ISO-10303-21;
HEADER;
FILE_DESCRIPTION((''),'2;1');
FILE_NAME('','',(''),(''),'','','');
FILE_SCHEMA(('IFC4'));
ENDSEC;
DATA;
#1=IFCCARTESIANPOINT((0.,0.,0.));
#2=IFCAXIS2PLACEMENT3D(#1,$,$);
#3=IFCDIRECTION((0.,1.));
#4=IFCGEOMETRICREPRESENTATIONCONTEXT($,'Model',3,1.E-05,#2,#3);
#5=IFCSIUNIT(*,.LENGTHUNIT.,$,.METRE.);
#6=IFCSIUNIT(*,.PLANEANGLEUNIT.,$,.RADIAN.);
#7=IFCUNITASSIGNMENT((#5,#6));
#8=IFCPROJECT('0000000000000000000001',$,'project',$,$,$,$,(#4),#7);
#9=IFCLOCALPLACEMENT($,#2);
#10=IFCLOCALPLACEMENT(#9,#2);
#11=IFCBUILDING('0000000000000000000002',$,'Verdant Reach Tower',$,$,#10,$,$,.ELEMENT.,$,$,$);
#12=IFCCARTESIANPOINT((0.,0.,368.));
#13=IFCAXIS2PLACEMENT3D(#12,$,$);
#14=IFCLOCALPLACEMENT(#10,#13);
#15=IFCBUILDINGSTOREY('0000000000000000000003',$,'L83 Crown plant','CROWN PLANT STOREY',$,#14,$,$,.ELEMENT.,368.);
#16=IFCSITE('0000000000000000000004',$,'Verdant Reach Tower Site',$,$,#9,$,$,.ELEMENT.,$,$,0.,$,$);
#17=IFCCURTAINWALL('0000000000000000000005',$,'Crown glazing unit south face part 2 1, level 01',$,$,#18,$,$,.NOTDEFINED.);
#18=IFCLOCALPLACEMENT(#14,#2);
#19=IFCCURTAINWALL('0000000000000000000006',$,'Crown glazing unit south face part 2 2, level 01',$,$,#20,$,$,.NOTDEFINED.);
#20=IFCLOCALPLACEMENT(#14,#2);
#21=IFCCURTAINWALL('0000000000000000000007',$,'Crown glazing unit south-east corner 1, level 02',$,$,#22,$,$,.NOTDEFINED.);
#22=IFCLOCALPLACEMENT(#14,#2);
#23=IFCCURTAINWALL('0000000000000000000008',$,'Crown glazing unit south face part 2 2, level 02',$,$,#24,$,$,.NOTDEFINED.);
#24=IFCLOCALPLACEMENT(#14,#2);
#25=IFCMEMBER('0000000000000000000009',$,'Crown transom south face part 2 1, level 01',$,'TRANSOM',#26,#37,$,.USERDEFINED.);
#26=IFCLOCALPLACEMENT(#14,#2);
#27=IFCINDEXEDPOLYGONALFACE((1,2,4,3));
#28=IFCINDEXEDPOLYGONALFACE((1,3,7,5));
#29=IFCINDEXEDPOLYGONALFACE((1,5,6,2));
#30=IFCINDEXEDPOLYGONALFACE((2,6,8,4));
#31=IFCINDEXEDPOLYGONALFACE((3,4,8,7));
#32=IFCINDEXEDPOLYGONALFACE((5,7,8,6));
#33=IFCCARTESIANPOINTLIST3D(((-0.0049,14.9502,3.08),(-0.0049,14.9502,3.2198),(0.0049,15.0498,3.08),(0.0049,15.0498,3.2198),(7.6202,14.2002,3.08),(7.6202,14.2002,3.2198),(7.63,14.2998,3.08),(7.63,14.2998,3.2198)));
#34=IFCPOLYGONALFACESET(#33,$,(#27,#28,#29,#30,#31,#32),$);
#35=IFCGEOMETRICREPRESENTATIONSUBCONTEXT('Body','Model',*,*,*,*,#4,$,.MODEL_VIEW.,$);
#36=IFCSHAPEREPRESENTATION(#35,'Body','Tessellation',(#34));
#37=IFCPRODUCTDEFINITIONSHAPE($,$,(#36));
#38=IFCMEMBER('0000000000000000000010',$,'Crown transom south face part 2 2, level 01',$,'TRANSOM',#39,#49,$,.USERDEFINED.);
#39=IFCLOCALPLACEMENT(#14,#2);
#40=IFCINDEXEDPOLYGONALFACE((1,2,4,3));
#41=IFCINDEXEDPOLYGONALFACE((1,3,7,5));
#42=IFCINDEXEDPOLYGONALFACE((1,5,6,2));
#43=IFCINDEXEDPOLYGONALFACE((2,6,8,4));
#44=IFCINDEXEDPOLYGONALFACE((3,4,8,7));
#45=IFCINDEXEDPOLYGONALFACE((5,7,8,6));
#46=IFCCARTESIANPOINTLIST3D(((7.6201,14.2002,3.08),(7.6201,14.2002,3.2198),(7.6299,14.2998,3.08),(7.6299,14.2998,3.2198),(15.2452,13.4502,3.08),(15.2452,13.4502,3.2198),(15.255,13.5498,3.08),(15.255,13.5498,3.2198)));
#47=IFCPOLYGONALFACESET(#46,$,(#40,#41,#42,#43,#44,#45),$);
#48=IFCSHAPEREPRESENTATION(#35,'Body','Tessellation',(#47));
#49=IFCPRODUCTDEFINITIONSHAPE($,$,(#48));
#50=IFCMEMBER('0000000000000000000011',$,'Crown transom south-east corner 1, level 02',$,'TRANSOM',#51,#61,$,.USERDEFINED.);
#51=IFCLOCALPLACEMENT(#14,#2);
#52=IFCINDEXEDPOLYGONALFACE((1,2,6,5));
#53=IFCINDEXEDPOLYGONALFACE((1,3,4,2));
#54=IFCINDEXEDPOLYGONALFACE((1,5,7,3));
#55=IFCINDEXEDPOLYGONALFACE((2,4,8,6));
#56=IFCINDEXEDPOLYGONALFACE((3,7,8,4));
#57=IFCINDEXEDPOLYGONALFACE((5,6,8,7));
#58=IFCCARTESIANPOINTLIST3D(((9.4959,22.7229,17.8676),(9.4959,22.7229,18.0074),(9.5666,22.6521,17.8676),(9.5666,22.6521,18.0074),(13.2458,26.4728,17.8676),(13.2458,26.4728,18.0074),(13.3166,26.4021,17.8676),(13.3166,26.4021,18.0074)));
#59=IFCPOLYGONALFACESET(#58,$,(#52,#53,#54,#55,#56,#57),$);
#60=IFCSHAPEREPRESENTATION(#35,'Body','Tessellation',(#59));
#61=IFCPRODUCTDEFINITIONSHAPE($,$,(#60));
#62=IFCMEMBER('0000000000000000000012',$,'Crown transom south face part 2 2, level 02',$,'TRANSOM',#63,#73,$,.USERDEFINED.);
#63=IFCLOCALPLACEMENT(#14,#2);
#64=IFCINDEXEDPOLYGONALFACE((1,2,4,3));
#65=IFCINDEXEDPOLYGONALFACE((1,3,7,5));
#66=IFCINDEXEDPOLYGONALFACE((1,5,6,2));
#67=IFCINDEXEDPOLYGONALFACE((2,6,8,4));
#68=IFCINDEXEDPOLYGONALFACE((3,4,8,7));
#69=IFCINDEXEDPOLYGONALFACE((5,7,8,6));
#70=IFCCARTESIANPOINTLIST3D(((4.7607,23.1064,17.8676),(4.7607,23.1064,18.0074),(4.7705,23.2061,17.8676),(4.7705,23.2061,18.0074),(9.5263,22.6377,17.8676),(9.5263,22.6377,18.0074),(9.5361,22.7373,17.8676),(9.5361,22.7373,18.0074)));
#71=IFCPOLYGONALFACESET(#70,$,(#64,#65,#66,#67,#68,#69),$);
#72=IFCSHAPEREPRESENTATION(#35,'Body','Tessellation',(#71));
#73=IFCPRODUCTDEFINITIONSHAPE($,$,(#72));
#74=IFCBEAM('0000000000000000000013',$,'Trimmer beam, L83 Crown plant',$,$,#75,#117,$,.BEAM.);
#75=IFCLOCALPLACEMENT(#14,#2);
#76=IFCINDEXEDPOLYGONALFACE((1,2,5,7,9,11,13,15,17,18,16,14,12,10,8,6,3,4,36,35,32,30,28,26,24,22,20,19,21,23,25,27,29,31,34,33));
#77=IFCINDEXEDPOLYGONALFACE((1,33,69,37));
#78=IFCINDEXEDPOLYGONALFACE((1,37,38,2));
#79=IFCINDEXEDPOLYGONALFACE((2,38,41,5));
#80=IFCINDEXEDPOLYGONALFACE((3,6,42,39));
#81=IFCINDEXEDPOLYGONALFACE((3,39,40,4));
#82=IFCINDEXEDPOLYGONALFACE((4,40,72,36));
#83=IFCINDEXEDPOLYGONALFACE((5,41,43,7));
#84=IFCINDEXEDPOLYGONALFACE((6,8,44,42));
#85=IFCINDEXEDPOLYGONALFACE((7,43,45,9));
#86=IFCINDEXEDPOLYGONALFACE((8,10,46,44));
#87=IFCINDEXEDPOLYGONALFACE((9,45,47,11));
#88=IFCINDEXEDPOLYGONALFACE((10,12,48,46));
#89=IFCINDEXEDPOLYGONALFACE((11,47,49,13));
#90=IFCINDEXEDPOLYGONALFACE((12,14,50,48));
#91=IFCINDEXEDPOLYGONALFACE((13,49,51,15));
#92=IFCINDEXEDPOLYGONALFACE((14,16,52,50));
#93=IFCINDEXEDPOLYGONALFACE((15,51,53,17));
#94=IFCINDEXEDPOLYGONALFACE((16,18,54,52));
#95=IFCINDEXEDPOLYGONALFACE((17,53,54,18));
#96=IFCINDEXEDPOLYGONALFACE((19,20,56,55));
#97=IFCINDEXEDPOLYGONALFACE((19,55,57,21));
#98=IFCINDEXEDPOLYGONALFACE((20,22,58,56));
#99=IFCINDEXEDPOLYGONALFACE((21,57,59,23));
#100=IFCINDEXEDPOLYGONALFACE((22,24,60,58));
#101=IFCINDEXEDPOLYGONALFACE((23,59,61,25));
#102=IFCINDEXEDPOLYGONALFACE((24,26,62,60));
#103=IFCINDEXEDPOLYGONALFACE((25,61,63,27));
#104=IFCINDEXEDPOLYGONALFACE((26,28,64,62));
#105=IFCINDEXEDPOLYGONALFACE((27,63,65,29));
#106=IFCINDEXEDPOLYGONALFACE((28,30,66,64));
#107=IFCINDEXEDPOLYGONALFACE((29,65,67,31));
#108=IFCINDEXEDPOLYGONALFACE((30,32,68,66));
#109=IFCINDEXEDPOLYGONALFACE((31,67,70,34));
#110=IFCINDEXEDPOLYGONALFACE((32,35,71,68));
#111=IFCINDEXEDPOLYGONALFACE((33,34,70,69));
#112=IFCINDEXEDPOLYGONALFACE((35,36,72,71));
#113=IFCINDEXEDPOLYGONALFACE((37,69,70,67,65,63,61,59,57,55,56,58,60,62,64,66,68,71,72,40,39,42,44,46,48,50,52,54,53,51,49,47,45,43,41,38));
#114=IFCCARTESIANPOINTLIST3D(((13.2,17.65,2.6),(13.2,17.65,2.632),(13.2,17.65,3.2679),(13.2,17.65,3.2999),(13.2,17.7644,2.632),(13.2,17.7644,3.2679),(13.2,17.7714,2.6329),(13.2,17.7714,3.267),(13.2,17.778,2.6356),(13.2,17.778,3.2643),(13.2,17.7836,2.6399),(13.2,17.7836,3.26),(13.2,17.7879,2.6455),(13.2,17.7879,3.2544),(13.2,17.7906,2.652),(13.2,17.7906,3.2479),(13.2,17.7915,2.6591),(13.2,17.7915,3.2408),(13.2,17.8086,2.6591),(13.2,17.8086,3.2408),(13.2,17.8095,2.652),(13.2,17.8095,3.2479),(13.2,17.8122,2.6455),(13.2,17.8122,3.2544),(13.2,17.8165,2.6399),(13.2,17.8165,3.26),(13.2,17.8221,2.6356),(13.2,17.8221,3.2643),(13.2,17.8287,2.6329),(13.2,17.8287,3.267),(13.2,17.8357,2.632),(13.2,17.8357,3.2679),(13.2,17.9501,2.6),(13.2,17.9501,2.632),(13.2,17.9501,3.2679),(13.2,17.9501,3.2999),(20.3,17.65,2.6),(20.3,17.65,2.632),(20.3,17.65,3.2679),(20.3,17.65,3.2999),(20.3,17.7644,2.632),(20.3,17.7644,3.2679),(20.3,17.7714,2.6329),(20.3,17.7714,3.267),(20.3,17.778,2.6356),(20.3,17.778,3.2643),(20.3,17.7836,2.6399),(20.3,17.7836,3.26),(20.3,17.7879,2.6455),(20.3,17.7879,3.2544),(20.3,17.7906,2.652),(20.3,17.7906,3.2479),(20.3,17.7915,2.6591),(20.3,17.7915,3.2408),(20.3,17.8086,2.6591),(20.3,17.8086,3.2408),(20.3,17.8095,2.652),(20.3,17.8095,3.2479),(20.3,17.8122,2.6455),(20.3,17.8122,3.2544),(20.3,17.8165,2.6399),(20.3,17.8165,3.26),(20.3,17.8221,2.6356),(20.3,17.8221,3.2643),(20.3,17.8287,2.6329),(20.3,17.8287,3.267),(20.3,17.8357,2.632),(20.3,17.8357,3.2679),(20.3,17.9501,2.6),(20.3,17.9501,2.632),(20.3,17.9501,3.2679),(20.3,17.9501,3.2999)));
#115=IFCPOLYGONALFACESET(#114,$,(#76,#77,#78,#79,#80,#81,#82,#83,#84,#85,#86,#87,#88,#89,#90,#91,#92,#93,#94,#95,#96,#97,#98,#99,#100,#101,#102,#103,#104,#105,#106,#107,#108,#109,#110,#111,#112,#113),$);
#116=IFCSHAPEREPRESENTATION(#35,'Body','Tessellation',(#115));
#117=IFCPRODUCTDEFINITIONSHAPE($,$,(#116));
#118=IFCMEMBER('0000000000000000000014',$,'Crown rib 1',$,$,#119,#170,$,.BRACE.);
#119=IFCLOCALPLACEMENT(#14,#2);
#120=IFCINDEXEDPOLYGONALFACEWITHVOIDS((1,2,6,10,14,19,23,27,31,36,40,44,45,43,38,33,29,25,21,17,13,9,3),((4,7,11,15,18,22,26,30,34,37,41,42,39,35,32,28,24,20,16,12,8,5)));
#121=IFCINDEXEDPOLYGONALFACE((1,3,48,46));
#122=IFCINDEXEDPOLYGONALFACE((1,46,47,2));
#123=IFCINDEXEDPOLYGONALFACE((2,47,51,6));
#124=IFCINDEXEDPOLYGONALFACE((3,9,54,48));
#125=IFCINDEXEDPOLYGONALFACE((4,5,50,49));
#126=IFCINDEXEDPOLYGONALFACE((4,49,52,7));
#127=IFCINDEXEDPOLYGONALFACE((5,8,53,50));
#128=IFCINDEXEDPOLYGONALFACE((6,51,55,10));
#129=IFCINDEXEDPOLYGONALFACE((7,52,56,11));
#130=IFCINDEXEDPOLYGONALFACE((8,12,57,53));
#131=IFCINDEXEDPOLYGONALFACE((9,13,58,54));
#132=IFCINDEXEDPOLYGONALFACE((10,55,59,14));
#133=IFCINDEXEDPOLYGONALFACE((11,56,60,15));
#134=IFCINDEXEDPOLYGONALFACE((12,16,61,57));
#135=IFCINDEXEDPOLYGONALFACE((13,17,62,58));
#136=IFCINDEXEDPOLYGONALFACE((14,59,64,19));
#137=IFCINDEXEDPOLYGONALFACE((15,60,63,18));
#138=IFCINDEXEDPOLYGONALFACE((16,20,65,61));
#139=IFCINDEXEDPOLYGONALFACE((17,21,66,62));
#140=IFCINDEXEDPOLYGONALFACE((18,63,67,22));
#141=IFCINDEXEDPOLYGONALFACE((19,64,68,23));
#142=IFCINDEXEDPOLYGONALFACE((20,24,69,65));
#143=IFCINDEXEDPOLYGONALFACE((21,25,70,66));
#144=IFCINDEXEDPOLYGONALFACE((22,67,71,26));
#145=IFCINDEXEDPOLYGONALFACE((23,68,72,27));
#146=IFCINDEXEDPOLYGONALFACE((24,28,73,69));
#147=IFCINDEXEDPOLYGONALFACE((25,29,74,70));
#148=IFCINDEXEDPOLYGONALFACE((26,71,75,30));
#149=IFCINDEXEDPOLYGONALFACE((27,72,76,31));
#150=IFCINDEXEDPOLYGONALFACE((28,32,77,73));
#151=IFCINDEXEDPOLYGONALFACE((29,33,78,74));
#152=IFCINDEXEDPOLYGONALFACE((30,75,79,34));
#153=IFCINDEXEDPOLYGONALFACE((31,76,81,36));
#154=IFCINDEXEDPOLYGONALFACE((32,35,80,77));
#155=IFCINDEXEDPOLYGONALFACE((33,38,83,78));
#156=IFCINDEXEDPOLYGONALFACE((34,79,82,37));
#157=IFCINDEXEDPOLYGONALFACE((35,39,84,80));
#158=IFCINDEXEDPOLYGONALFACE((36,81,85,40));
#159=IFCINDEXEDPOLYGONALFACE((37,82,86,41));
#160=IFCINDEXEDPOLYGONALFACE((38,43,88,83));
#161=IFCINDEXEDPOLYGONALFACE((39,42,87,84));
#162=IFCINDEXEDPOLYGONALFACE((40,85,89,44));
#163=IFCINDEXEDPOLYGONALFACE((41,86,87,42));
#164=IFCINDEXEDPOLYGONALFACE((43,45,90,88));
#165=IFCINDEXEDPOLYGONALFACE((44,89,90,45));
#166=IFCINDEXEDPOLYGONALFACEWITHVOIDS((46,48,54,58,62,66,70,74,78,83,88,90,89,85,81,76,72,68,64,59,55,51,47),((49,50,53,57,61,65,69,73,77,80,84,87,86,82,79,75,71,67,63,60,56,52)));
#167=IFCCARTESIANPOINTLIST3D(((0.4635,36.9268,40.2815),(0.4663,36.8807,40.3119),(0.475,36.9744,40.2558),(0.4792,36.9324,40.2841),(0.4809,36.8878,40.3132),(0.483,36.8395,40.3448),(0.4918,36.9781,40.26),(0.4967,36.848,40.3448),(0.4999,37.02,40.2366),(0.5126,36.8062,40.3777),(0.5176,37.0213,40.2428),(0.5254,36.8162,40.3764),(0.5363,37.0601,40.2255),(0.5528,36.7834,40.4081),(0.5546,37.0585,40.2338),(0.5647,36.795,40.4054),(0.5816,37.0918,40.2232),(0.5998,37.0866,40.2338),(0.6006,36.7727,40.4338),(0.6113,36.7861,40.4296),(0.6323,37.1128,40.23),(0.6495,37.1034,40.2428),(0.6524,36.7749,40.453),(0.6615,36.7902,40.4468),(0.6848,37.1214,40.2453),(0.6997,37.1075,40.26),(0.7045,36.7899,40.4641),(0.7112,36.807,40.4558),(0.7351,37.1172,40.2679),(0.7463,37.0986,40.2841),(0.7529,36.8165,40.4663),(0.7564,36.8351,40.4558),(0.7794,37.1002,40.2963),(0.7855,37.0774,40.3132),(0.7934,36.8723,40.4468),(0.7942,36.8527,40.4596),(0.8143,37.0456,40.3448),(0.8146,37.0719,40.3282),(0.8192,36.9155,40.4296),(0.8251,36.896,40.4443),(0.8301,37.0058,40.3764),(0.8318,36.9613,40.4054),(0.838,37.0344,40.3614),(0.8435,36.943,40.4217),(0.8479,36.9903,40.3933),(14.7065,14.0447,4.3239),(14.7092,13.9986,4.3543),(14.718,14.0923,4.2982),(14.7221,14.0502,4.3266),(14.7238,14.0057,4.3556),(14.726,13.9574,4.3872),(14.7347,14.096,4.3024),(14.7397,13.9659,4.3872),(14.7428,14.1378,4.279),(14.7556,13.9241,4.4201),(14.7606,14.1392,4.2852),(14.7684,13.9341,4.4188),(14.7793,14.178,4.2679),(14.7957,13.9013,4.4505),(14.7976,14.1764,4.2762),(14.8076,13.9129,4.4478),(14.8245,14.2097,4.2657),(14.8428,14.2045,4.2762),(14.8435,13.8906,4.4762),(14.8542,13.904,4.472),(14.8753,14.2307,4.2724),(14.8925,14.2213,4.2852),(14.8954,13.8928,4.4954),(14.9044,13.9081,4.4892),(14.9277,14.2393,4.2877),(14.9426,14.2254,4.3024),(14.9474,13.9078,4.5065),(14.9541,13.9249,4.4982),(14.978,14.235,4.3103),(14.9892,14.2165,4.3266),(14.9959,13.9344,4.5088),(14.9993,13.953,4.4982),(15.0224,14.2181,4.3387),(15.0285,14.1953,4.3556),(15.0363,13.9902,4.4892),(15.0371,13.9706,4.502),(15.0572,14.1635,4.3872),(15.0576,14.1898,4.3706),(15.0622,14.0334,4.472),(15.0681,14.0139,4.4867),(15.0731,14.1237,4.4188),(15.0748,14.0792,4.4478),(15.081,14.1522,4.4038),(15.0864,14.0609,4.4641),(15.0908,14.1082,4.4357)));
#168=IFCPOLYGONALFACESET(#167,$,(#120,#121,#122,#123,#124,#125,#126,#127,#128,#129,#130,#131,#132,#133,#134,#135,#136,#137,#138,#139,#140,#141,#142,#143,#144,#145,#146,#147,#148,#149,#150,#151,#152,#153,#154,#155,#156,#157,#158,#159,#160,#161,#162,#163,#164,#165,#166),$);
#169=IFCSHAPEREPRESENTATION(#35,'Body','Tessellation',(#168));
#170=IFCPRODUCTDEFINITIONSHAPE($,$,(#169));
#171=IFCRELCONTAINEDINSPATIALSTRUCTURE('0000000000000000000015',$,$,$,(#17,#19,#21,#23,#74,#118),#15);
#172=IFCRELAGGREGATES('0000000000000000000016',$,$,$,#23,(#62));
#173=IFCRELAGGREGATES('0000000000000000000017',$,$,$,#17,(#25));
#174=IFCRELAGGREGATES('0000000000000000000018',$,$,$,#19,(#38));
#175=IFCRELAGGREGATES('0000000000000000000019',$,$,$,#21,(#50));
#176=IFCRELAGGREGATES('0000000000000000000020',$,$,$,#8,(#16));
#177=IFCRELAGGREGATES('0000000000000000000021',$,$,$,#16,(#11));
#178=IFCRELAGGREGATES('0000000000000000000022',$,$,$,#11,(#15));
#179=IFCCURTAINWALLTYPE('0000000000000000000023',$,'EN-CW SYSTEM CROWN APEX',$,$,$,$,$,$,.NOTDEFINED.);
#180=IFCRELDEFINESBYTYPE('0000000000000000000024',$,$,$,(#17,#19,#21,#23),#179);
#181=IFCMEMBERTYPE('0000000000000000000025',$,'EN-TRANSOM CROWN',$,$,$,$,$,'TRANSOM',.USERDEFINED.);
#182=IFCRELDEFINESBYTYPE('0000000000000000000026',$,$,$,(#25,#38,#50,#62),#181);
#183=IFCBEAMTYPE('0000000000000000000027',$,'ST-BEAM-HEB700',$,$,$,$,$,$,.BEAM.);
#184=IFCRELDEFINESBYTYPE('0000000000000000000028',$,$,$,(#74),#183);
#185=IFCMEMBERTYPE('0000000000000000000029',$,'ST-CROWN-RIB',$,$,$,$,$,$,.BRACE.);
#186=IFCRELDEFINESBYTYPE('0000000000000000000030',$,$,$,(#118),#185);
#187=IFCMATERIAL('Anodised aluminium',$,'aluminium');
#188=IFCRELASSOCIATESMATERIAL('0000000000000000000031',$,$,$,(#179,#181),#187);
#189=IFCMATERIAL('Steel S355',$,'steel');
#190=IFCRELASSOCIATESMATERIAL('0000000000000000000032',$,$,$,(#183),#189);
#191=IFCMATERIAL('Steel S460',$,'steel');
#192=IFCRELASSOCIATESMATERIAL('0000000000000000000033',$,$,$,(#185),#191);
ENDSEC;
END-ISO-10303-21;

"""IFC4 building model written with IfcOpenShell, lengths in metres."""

from ifc_helpers import new_model, si_unit, direction, frame, origin, origin_2d, place, context, subcontext, project, spatial, rectangle, hollow_circle, i_section, extrude, material, material_profile, profile_set, type_object, element, aggregate, save


model = new_model("IFC4")

# Units and contexts
model_context = context("Model", 3, precision=1e-05, world=origin(), true_north=direction((0.0, 1.0)))
body_context = subcontext(model_context, "Body", "Model", "MODEL_VIEW")
ifc_project = project(units=[si_unit("LENGTHUNIT", "METRE"), si_unit("PLANEANGLEUNIT", "RADIAN")], contexts=[model_context])

# Site, building, storey
site_placement = place(None, origin())
site = spatial("IfcSite", under=ifc_project, at=site_placement, Name="Verdant Reach Tower Site", CompositionType="ELEMENT", RefElevation=0.0)
building_placement = place(site_placement, origin())
building = spatial("IfcBuilding", under=site, at=building_placement, Name="Verdant Reach Tower", CompositionType="ELEMENT")
storey_placement = place(building_placement, frame((0.0, 0.0, 368.0)))
storey = spatial("IfcBuildingStorey", under=building, at=storey_placement, Name="L83 Crown plant", Description="CROWN PLANT STOREY", CompositionType="ELEMENT", Elevation=368.0)

# Curtain walls
ifc_material_1 = material(Name="Anodised aluminium", Category="aluminium")
curtain_wall_type = type_object("IfcCurtainWallType", Name="EN-CW SYSTEM CROWN APEX", PredefinedType="NOTDEFINED", material=ifc_material_1)
curtain_wall_1_placement = place(storey_placement, origin())
curtain_wall_1 = element("IfcCurtainWall", 1, at=curtain_wall_1_placement, inside=storey, type_object=curtain_wall_type, Name="Crown glazing unit south face part 2 1, level 01", PredefinedType="NOTDEFINED")
curtain_wall_2_placement = place(storey_placement, origin())
curtain_wall_2 = element("IfcCurtainWall", 2, at=curtain_wall_2_placement, inside=storey, type_object=curtain_wall_type, Name="Crown glazing unit south face part 2 2, level 01", PredefinedType="NOTDEFINED")
curtain_wall_3_placement = place(storey_placement, origin())
curtain_wall_3 = element("IfcCurtainWall", 3, at=curtain_wall_3_placement, inside=storey, type_object=curtain_wall_type, Name="Crown glazing unit south-east corner 1, level 02", PredefinedType="NOTDEFINED")
curtain_wall_4_placement = place(storey_placement, origin())
curtain_wall_4 = element("IfcCurtainWall", 4, at=curtain_wall_4_placement, inside=storey, type_object=curtain_wall_type, Name="Crown glazing unit south face part 2 2, level 02", PredefinedType="NOTDEFINED")

# Members
ifc_material_profile_1 = material_profile(ifc_material_1, rectangle(XDim=0.1001, YDim=0.1399, at=origin_2d()), Name="Transom 140x100")
ifc_profile_set_1 = profile_set([ifc_material_profile_1], Name="Anodised aluminium")
member_type_1 = type_object("IfcMemberType", Name="EN-TRANSOM CROWN", ElementType="TRANSOM", PredefinedType="USERDEFINED", material=ifc_profile_set_1)
member_1_placement = place(storey_placement, frame((0.0, 15.0, 3.1499), z_axis=(0.995197, -0.097888, 0.0), x_axis=(0.097888, 0.995197, 0.0)))
member_1 = element("IfcMember", 5, at=member_1_placement, type_object=member_type_1, Name="Crown transom south face part 2 1, level 01", ObjectType="TRANSOM", PredefinedType="USERDEFINED", context=body_context, shape_type="SweptSolid", body=[
    extrude(rectangle(XDim=0.1001, YDim=0.1399, at=origin_2d()), origin(), (0.0, 0.0, 1.0), 7.6619),
])
member_2_placement = place(storey_placement, frame((7.625, 14.25, 3.1499), z_axis=(0.995197, -0.097888, 0.0), x_axis=(0.097888, 0.995197, 0.0)))
member_2 = element("IfcMember", 6, at=member_2_placement, type_object=member_type_1, Name="Crown transom south face part 2 2, level 01", ObjectType="TRANSOM", PredefinedType="USERDEFINED", context=body_context, shape_type="SweptSolid", body=[
    extrude(rectangle(XDim=0.1001, YDim=0.1399, at=origin_2d()), origin(), (0.0, 0.0, 1.0), 7.6619),
])
member_3_placement = place(storey_placement, frame((9.5312, 22.6875, 17.9375), z_axis=(0.707107, 0.707107, 0.0), x_axis=(-0.707107, 0.707107, 0.0)))
member_3 = element("IfcMember", 7, at=member_3_placement, type_object=member_type_1, Name="Crown transom south-east corner 1, level 02", ObjectType="TRANSOM", PredefinedType="USERDEFINED", context=body_context, shape_type="SweptSolid", body=[
    extrude(rectangle(XDim=0.1001, YDim=0.1399, at=origin_2d()), origin(), (0.0, 0.0, 1.0), 5.3032),
])
member_4_placement = place(storey_placement, frame((4.7656, 23.1562, 17.9375), z_axis=(0.995197, -0.097888, 0.0), x_axis=(0.097888, 0.995197, 0.0)))
member_4 = element("IfcMember", 8, at=member_4_placement, type_object=member_type_1, Name="Crown transom south face part 2 2, level 02", ObjectType="TRANSOM", PredefinedType="USERDEFINED", context=body_context, shape_type="SweptSolid", body=[
    extrude(rectangle(XDim=0.1001, YDim=0.1399, at=origin_2d()), origin(), (0.0, 0.0, 1.0), 4.7886),
])
aggregate(curtain_wall_4, [member_4])

# Beam
ifc_material_2 = material(Name="Steel S355", Category="steel")
ifc_material_profile_2 = material_profile(ifc_material_2, i_section(OverallWidth=0.3, OverallDepth=0.7, WebThickness=0.0171, FlangeThickness=0.032, FilletRadius=0.0271, at=origin_2d()), Name="HEB 700")
ifc_profile_set_2 = profile_set([ifc_material_profile_2], Name="Steel S355")
beam_type_1 = type_object("IfcBeamType", Name="ST-BEAM-HEB700", PredefinedType="BEAM", material=ifc_profile_set_2)
beam_1_placement = place(storey_placement, frame((13.2, 17.8, 2.95), z_axis=(1.0, 0.0, 0.0), x_axis=(0.0, 1.0, 0.0)))
element("IfcBeam", 9, at=beam_1_placement, inside=storey, type_object=beam_type_1, Name="Trimmer beam, L83 Crown plant", PredefinedType="BEAM", context=body_context, shape_type="SweptSolid", body=[
    extrude(i_section(OverallWidth=0.3, OverallDepth=0.7, WebThickness=0.0171, FlangeThickness=0.032, FilletRadius=0.0271, at=origin_2d()), origin(), (0.0, 0.0, 1.0), 7.1001),
])

# Member
ifc_material_3 = material(Name="Steel S460", Category="steel")
ifc_material_profile_3 = material_profile(ifc_material_3, hollow_circle(Radius=0.2031, WallThickness=0.0161, at=origin_2d()), Name="CHS 406.4x16")
ifc_profile_set_3 = profile_set([ifc_material_profile_3], Name="Steel S460")
member_type_2 = type_object("IfcMemberType", Name="ST-CROWN-RIB", PredefinedType="BRACE", material=ifc_profile_set_3)
member_5_placement = place(storey_placement, frame((14.8984, 14.0647, 4.3872), z_axis=(-0.316948, 0.509196, 0.800164), x_axis=(-0.84897, -0.52844, 0.0)))
element("IfcMember", 10, at=member_5_placement, inside=storey, type_object=member_type_2, Name="Crown rib 1", PredefinedType="BRACE", context=body_context, shape_type="SweptSolid", body=[
    extrude(hollow_circle(Radius=0.2031, WallThickness=0.0161, at=origin_2d()), origin(), (0.0, 0.0, 1.0), 44.9377),
])

aggregate(curtain_wall_1, [member_1])
aggregate(curtain_wall_2, [member_2])
aggregate(curtain_wall_3, [member_3])

save(model, "model.ifc")
